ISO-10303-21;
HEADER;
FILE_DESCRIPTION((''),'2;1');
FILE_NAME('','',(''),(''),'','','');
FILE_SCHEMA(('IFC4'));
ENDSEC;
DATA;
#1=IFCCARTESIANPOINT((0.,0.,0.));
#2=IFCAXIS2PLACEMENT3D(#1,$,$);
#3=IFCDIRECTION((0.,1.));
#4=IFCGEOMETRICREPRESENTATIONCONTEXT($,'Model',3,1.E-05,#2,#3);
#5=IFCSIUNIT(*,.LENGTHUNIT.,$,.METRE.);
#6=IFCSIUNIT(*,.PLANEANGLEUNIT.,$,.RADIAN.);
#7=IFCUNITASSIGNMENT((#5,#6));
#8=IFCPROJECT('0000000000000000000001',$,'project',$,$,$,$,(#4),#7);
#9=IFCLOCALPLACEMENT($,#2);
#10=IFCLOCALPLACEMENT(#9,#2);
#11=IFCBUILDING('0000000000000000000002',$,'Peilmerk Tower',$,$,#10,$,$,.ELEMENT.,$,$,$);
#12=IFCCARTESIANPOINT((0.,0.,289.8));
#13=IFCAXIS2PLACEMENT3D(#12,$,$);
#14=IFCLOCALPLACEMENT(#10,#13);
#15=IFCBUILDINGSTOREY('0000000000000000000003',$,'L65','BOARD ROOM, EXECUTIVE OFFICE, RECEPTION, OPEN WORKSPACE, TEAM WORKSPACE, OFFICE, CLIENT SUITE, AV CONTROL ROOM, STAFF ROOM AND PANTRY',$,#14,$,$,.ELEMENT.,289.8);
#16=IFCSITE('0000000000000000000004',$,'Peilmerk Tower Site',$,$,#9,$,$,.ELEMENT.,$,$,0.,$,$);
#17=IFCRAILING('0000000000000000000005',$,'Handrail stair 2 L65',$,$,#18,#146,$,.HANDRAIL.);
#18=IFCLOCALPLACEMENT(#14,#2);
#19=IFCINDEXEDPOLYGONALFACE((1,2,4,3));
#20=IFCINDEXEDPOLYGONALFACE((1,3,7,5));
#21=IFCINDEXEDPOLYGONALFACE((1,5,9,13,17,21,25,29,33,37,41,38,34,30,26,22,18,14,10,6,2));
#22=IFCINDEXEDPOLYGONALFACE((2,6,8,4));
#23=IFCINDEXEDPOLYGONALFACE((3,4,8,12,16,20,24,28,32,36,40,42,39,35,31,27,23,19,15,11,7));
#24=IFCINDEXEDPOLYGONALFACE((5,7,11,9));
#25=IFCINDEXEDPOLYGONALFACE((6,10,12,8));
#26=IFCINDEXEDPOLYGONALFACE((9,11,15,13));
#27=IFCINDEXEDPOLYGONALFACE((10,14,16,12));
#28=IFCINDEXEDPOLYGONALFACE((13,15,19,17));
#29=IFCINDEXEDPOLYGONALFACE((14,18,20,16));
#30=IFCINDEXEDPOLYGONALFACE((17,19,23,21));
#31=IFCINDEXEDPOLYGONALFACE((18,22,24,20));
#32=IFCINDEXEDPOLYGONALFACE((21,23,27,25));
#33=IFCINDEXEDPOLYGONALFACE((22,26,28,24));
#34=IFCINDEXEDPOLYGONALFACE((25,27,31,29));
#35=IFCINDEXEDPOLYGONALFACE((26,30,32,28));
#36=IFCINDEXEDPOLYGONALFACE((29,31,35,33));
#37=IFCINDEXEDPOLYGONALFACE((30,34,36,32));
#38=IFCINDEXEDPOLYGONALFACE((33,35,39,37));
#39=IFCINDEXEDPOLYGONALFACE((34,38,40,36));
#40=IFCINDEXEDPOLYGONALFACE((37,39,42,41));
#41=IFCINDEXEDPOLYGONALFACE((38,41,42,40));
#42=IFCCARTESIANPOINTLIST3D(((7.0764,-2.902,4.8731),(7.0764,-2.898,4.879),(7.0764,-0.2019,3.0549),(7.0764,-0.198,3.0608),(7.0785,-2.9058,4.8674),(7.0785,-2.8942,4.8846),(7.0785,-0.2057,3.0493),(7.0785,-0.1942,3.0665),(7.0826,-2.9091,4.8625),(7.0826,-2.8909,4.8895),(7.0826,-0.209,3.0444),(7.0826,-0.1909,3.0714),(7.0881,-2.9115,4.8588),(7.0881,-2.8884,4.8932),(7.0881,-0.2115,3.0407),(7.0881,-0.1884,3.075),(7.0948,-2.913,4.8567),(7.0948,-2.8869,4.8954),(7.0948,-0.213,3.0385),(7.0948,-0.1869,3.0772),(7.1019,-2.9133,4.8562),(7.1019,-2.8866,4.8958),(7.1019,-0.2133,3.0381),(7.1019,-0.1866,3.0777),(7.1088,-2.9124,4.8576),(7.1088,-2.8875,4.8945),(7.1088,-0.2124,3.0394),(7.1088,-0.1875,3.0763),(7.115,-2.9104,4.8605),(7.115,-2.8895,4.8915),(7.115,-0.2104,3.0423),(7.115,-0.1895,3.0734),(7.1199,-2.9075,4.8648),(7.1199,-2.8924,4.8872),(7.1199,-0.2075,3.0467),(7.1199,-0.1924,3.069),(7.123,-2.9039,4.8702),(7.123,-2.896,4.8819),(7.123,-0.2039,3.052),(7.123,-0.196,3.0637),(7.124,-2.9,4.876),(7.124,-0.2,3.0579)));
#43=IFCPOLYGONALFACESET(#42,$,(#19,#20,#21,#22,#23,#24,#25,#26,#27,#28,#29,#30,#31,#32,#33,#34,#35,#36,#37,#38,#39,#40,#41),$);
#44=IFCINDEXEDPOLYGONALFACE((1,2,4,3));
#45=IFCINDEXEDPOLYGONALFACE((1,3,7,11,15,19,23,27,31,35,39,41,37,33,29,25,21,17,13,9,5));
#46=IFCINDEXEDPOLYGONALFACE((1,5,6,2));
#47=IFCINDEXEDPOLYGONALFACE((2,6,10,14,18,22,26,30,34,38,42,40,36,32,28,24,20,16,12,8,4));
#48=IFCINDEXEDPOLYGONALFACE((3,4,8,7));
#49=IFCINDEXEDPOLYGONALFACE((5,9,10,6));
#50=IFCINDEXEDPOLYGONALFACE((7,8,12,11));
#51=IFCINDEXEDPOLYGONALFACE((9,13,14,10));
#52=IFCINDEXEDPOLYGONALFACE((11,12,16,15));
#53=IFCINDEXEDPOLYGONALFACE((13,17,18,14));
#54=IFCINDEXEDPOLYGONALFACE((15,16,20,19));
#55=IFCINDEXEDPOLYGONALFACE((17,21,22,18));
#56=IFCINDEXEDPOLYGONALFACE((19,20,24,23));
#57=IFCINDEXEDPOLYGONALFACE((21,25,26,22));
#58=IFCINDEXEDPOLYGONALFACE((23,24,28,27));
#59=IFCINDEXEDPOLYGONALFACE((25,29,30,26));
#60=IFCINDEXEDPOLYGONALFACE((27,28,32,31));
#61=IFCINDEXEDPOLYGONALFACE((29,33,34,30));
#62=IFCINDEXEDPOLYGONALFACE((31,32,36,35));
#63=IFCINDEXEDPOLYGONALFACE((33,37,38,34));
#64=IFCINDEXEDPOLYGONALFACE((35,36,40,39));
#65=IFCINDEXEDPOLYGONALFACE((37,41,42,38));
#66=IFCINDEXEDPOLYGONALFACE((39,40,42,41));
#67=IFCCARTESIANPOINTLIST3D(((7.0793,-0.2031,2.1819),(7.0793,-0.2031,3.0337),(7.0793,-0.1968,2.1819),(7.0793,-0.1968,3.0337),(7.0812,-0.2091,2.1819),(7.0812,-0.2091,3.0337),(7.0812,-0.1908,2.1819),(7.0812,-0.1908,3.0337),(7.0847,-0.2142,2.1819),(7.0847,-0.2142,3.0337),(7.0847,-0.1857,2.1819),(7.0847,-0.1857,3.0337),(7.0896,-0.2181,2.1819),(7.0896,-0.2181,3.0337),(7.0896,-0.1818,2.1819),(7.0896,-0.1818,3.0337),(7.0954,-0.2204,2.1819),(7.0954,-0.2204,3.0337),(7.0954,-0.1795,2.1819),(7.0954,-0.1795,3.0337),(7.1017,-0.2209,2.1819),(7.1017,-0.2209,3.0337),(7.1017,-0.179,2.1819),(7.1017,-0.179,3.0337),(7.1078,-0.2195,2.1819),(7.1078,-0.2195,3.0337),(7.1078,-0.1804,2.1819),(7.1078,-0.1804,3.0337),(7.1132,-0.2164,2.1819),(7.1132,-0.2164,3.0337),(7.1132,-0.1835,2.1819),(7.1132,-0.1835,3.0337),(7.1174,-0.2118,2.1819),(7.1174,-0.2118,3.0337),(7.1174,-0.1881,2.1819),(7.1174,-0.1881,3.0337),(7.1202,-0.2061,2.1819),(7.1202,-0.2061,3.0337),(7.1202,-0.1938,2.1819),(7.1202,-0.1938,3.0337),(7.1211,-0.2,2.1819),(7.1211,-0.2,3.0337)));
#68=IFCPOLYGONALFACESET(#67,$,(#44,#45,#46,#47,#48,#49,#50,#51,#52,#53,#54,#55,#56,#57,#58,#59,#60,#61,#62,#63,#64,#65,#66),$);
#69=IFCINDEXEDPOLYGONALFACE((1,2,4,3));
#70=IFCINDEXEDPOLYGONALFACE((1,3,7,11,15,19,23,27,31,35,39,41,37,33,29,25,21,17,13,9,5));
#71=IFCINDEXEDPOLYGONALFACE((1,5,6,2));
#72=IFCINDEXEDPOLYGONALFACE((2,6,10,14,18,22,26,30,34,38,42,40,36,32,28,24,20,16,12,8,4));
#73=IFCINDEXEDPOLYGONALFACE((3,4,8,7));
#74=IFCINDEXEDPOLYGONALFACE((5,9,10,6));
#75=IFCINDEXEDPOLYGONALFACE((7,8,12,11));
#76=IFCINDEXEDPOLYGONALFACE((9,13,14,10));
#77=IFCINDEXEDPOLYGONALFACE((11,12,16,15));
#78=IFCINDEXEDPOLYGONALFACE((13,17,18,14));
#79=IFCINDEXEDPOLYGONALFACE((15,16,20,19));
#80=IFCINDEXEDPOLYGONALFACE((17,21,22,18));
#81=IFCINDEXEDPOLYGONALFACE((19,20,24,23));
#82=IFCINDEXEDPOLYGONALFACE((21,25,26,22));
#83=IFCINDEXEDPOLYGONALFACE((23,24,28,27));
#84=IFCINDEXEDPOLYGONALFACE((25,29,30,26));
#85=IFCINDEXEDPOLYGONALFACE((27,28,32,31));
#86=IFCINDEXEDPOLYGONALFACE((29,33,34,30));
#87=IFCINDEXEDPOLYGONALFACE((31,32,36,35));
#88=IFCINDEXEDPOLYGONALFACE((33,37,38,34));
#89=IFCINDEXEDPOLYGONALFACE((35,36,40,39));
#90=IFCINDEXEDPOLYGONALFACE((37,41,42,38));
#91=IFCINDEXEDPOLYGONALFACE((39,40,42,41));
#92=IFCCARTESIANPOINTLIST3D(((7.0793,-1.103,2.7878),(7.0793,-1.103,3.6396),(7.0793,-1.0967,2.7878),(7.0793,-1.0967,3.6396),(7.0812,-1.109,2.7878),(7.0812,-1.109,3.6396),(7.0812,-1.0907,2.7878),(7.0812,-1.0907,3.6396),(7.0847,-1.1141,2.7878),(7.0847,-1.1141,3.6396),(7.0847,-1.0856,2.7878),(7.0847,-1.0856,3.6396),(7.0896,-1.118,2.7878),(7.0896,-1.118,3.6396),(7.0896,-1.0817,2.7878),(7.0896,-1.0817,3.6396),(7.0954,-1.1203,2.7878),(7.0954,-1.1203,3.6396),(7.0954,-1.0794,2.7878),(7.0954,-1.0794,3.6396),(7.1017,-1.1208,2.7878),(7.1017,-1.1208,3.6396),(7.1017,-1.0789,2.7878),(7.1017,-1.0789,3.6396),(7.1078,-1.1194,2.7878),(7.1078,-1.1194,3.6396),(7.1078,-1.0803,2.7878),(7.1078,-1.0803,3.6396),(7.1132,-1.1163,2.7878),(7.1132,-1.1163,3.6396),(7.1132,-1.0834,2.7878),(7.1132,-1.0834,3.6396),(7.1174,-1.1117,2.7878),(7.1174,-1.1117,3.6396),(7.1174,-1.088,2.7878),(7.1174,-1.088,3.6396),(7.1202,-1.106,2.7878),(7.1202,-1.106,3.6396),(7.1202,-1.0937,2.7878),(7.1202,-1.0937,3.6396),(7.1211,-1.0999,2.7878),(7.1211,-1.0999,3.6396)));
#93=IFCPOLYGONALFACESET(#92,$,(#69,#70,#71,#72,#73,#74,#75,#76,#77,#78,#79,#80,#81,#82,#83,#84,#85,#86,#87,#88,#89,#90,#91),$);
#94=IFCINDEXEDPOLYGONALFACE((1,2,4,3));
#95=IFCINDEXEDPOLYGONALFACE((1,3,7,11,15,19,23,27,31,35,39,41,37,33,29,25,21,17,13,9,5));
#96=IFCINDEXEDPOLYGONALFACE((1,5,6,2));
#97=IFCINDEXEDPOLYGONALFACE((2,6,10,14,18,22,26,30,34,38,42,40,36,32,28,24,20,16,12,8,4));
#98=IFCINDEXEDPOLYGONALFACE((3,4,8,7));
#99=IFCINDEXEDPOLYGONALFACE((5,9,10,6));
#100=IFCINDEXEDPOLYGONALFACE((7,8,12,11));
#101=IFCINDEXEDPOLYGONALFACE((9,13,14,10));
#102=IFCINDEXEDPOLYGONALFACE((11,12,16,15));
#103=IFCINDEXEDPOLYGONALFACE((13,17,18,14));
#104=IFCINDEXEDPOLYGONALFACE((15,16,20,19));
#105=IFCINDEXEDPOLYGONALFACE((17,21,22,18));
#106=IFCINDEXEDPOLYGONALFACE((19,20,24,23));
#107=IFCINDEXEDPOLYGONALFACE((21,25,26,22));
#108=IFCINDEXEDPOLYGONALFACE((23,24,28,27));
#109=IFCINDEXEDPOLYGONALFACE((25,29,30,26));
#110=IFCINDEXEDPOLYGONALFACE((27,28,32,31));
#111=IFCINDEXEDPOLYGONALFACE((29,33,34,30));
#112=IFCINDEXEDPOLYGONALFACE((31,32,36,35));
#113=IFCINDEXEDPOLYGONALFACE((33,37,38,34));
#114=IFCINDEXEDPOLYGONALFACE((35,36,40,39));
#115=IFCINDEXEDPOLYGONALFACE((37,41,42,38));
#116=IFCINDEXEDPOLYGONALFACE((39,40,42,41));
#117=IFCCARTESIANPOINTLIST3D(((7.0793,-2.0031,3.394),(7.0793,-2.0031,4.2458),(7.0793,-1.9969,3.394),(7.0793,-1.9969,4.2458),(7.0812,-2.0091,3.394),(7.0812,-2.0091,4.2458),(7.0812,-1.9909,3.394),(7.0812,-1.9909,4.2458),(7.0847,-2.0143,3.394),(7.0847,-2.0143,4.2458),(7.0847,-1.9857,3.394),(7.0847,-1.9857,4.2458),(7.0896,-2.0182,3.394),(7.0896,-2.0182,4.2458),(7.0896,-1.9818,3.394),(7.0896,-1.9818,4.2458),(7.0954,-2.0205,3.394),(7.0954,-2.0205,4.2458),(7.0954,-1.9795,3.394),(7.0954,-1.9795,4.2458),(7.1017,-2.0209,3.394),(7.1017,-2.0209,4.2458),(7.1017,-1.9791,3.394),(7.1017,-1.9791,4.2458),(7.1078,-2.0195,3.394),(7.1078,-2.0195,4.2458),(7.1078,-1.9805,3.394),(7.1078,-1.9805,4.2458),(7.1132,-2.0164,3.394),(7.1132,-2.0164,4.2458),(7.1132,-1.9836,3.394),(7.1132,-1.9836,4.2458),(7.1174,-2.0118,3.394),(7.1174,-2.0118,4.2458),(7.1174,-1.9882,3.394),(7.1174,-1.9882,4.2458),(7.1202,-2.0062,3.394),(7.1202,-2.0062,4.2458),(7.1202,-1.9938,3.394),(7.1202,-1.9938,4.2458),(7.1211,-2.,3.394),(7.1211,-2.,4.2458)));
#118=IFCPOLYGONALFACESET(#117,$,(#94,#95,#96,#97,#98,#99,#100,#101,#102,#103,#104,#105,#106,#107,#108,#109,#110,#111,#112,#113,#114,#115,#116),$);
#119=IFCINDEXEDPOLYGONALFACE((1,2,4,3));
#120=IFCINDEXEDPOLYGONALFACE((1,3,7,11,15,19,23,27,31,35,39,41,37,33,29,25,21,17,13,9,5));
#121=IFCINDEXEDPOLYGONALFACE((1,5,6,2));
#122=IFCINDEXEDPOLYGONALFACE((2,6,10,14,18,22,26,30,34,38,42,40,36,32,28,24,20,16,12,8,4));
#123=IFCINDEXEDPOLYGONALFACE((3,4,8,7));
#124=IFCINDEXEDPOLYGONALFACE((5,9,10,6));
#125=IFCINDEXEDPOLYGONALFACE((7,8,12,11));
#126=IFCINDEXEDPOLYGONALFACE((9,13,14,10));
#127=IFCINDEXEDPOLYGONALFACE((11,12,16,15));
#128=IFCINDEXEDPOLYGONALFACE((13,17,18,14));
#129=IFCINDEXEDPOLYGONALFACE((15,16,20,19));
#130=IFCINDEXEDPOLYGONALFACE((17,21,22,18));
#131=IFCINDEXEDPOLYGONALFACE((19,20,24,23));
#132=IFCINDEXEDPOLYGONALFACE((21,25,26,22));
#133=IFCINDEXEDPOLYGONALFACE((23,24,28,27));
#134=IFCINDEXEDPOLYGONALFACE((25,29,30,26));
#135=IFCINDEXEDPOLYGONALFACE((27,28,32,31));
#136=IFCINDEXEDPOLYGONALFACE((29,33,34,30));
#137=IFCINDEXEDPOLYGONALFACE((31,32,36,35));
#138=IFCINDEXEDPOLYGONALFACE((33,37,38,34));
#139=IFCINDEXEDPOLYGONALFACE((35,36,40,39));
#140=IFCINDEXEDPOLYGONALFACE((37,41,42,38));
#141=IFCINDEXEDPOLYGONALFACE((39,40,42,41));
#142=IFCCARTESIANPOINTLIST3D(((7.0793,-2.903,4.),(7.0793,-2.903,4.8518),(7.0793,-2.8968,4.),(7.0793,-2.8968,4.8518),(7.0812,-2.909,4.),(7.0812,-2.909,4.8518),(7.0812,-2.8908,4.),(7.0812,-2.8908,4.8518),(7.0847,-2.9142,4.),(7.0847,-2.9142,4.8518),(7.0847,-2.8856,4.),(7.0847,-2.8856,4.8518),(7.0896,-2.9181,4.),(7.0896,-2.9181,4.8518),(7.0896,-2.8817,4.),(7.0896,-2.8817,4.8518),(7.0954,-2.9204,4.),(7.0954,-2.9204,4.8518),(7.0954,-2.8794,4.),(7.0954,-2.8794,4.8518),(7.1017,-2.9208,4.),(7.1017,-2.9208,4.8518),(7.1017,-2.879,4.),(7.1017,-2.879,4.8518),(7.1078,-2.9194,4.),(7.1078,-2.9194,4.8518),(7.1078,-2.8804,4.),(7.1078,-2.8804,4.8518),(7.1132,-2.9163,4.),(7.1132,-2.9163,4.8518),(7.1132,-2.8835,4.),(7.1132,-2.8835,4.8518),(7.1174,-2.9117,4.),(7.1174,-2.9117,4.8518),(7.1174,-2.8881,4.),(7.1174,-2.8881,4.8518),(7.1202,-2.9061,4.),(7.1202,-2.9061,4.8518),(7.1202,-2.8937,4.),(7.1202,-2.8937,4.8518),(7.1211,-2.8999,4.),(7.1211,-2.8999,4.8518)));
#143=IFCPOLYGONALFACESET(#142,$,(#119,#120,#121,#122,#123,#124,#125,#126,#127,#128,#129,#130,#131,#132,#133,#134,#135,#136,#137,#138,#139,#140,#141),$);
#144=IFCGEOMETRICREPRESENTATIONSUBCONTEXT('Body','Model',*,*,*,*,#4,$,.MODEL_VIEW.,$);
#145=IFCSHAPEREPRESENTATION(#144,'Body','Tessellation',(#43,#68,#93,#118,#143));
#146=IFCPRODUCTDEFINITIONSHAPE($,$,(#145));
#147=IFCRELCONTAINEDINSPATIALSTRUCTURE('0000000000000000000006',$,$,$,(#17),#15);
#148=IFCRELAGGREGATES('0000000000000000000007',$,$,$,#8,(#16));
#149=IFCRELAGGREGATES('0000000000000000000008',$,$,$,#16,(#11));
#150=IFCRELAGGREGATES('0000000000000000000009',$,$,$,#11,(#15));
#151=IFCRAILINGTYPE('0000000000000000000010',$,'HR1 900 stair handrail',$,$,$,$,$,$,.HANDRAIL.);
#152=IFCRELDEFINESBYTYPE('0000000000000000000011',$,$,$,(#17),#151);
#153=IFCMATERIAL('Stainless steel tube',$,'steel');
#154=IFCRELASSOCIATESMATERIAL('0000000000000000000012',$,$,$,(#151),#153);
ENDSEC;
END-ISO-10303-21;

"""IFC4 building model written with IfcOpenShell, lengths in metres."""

from ifc_helpers import new_model, si_unit, direction, frame, origin, origin_2d, place, context, subcontext, project, spatial, circle, extrude, material, type_object, element, save


model = new_model("IFC4")

# Units and contexts
model_context = context("Model", 3, precision=1e-05, world=origin(), true_north=direction((0.0, 1.0)))
body_context = subcontext(model_context, "Body", "Model", "MODEL_VIEW")
ifc_project = project(units=[si_unit("LENGTHUNIT", "METRE"), si_unit("PLANEANGLEUNIT", "RADIAN")], contexts=[model_context])

# Site, building, storey
site_placement = place(None, origin())
site = spatial("IfcSite", under=ifc_project, at=site_placement, Name="Peilmerk Tower Site", CompositionType="ELEMENT", RefElevation=0.0)
building_placement = place(site_placement, origin())
building = spatial("IfcBuilding", under=site, at=building_placement, Name="Peilmerk Tower", CompositionType="ELEMENT")
storey_placement = place(building_placement, frame((0.0, 0.0, 289.8)))
storey = spatial("IfcBuildingStorey", under=building, at=storey_placement, Name="L65", Description="BOARD ROOM, EXECUTIVE OFFICE, RECEPTION, OPEN WORKSPACE, TEAM WORKSPACE, OFFICE, CLIENT SUITE, AV CONTROL ROOM, STAFF ROOM AND PANTRY", CompositionType="ELEMENT", Elevation=289.8)

# Railing
ifc_material_1 = material(Name="Stainless steel tube", Category="steel")
railing_type_1 = type_object("IfcRailingType", Name="HR1 900 stair handrail", PredefinedType="HANDRAIL", material=ifc_material_1)
railing_1_placement = place(storey_placement, frame((7.1001, -0.2, 2.1819)))
element("IfcRailing", 1, at=railing_1_placement, inside=storey, type_object=railing_type_1, Name="Handrail stair 2 L65", PredefinedType="HANDRAIL", context=body_context, shape_type="SweptSolid", body=[
    extrude(circle(Radius=0.0239, at=origin_2d()), frame((0.0, 0.0, 0.876), z_axis=(0.0, -0.829468, 0.558554), x_axis=(1.0, 0.0, 0.0)), (0.0, 0.0, 1.0), 3.2551),
    extrude(circle(Radius=0.021, at=origin_2d()), origin(), (0.0, 0.0, 1.0), 0.8518),
    extrude(circle(Radius=0.021, at=origin_2d()), frame((0.0, -0.8999, 0.606)), (0.0, 0.0, 1.0), 0.8518),
    extrude(circle(Radius=0.021, at=origin_2d()), frame((0.0, -1.8, 1.2122)), (0.0, 0.0, 1.0), 0.8518),
    extrude(circle(Radius=0.021, at=origin_2d()), frame((0.0, -2.7, 1.8181)), (0.0, 0.0, 1.0), 0.8518),
])

save(model, "model.ifc")
